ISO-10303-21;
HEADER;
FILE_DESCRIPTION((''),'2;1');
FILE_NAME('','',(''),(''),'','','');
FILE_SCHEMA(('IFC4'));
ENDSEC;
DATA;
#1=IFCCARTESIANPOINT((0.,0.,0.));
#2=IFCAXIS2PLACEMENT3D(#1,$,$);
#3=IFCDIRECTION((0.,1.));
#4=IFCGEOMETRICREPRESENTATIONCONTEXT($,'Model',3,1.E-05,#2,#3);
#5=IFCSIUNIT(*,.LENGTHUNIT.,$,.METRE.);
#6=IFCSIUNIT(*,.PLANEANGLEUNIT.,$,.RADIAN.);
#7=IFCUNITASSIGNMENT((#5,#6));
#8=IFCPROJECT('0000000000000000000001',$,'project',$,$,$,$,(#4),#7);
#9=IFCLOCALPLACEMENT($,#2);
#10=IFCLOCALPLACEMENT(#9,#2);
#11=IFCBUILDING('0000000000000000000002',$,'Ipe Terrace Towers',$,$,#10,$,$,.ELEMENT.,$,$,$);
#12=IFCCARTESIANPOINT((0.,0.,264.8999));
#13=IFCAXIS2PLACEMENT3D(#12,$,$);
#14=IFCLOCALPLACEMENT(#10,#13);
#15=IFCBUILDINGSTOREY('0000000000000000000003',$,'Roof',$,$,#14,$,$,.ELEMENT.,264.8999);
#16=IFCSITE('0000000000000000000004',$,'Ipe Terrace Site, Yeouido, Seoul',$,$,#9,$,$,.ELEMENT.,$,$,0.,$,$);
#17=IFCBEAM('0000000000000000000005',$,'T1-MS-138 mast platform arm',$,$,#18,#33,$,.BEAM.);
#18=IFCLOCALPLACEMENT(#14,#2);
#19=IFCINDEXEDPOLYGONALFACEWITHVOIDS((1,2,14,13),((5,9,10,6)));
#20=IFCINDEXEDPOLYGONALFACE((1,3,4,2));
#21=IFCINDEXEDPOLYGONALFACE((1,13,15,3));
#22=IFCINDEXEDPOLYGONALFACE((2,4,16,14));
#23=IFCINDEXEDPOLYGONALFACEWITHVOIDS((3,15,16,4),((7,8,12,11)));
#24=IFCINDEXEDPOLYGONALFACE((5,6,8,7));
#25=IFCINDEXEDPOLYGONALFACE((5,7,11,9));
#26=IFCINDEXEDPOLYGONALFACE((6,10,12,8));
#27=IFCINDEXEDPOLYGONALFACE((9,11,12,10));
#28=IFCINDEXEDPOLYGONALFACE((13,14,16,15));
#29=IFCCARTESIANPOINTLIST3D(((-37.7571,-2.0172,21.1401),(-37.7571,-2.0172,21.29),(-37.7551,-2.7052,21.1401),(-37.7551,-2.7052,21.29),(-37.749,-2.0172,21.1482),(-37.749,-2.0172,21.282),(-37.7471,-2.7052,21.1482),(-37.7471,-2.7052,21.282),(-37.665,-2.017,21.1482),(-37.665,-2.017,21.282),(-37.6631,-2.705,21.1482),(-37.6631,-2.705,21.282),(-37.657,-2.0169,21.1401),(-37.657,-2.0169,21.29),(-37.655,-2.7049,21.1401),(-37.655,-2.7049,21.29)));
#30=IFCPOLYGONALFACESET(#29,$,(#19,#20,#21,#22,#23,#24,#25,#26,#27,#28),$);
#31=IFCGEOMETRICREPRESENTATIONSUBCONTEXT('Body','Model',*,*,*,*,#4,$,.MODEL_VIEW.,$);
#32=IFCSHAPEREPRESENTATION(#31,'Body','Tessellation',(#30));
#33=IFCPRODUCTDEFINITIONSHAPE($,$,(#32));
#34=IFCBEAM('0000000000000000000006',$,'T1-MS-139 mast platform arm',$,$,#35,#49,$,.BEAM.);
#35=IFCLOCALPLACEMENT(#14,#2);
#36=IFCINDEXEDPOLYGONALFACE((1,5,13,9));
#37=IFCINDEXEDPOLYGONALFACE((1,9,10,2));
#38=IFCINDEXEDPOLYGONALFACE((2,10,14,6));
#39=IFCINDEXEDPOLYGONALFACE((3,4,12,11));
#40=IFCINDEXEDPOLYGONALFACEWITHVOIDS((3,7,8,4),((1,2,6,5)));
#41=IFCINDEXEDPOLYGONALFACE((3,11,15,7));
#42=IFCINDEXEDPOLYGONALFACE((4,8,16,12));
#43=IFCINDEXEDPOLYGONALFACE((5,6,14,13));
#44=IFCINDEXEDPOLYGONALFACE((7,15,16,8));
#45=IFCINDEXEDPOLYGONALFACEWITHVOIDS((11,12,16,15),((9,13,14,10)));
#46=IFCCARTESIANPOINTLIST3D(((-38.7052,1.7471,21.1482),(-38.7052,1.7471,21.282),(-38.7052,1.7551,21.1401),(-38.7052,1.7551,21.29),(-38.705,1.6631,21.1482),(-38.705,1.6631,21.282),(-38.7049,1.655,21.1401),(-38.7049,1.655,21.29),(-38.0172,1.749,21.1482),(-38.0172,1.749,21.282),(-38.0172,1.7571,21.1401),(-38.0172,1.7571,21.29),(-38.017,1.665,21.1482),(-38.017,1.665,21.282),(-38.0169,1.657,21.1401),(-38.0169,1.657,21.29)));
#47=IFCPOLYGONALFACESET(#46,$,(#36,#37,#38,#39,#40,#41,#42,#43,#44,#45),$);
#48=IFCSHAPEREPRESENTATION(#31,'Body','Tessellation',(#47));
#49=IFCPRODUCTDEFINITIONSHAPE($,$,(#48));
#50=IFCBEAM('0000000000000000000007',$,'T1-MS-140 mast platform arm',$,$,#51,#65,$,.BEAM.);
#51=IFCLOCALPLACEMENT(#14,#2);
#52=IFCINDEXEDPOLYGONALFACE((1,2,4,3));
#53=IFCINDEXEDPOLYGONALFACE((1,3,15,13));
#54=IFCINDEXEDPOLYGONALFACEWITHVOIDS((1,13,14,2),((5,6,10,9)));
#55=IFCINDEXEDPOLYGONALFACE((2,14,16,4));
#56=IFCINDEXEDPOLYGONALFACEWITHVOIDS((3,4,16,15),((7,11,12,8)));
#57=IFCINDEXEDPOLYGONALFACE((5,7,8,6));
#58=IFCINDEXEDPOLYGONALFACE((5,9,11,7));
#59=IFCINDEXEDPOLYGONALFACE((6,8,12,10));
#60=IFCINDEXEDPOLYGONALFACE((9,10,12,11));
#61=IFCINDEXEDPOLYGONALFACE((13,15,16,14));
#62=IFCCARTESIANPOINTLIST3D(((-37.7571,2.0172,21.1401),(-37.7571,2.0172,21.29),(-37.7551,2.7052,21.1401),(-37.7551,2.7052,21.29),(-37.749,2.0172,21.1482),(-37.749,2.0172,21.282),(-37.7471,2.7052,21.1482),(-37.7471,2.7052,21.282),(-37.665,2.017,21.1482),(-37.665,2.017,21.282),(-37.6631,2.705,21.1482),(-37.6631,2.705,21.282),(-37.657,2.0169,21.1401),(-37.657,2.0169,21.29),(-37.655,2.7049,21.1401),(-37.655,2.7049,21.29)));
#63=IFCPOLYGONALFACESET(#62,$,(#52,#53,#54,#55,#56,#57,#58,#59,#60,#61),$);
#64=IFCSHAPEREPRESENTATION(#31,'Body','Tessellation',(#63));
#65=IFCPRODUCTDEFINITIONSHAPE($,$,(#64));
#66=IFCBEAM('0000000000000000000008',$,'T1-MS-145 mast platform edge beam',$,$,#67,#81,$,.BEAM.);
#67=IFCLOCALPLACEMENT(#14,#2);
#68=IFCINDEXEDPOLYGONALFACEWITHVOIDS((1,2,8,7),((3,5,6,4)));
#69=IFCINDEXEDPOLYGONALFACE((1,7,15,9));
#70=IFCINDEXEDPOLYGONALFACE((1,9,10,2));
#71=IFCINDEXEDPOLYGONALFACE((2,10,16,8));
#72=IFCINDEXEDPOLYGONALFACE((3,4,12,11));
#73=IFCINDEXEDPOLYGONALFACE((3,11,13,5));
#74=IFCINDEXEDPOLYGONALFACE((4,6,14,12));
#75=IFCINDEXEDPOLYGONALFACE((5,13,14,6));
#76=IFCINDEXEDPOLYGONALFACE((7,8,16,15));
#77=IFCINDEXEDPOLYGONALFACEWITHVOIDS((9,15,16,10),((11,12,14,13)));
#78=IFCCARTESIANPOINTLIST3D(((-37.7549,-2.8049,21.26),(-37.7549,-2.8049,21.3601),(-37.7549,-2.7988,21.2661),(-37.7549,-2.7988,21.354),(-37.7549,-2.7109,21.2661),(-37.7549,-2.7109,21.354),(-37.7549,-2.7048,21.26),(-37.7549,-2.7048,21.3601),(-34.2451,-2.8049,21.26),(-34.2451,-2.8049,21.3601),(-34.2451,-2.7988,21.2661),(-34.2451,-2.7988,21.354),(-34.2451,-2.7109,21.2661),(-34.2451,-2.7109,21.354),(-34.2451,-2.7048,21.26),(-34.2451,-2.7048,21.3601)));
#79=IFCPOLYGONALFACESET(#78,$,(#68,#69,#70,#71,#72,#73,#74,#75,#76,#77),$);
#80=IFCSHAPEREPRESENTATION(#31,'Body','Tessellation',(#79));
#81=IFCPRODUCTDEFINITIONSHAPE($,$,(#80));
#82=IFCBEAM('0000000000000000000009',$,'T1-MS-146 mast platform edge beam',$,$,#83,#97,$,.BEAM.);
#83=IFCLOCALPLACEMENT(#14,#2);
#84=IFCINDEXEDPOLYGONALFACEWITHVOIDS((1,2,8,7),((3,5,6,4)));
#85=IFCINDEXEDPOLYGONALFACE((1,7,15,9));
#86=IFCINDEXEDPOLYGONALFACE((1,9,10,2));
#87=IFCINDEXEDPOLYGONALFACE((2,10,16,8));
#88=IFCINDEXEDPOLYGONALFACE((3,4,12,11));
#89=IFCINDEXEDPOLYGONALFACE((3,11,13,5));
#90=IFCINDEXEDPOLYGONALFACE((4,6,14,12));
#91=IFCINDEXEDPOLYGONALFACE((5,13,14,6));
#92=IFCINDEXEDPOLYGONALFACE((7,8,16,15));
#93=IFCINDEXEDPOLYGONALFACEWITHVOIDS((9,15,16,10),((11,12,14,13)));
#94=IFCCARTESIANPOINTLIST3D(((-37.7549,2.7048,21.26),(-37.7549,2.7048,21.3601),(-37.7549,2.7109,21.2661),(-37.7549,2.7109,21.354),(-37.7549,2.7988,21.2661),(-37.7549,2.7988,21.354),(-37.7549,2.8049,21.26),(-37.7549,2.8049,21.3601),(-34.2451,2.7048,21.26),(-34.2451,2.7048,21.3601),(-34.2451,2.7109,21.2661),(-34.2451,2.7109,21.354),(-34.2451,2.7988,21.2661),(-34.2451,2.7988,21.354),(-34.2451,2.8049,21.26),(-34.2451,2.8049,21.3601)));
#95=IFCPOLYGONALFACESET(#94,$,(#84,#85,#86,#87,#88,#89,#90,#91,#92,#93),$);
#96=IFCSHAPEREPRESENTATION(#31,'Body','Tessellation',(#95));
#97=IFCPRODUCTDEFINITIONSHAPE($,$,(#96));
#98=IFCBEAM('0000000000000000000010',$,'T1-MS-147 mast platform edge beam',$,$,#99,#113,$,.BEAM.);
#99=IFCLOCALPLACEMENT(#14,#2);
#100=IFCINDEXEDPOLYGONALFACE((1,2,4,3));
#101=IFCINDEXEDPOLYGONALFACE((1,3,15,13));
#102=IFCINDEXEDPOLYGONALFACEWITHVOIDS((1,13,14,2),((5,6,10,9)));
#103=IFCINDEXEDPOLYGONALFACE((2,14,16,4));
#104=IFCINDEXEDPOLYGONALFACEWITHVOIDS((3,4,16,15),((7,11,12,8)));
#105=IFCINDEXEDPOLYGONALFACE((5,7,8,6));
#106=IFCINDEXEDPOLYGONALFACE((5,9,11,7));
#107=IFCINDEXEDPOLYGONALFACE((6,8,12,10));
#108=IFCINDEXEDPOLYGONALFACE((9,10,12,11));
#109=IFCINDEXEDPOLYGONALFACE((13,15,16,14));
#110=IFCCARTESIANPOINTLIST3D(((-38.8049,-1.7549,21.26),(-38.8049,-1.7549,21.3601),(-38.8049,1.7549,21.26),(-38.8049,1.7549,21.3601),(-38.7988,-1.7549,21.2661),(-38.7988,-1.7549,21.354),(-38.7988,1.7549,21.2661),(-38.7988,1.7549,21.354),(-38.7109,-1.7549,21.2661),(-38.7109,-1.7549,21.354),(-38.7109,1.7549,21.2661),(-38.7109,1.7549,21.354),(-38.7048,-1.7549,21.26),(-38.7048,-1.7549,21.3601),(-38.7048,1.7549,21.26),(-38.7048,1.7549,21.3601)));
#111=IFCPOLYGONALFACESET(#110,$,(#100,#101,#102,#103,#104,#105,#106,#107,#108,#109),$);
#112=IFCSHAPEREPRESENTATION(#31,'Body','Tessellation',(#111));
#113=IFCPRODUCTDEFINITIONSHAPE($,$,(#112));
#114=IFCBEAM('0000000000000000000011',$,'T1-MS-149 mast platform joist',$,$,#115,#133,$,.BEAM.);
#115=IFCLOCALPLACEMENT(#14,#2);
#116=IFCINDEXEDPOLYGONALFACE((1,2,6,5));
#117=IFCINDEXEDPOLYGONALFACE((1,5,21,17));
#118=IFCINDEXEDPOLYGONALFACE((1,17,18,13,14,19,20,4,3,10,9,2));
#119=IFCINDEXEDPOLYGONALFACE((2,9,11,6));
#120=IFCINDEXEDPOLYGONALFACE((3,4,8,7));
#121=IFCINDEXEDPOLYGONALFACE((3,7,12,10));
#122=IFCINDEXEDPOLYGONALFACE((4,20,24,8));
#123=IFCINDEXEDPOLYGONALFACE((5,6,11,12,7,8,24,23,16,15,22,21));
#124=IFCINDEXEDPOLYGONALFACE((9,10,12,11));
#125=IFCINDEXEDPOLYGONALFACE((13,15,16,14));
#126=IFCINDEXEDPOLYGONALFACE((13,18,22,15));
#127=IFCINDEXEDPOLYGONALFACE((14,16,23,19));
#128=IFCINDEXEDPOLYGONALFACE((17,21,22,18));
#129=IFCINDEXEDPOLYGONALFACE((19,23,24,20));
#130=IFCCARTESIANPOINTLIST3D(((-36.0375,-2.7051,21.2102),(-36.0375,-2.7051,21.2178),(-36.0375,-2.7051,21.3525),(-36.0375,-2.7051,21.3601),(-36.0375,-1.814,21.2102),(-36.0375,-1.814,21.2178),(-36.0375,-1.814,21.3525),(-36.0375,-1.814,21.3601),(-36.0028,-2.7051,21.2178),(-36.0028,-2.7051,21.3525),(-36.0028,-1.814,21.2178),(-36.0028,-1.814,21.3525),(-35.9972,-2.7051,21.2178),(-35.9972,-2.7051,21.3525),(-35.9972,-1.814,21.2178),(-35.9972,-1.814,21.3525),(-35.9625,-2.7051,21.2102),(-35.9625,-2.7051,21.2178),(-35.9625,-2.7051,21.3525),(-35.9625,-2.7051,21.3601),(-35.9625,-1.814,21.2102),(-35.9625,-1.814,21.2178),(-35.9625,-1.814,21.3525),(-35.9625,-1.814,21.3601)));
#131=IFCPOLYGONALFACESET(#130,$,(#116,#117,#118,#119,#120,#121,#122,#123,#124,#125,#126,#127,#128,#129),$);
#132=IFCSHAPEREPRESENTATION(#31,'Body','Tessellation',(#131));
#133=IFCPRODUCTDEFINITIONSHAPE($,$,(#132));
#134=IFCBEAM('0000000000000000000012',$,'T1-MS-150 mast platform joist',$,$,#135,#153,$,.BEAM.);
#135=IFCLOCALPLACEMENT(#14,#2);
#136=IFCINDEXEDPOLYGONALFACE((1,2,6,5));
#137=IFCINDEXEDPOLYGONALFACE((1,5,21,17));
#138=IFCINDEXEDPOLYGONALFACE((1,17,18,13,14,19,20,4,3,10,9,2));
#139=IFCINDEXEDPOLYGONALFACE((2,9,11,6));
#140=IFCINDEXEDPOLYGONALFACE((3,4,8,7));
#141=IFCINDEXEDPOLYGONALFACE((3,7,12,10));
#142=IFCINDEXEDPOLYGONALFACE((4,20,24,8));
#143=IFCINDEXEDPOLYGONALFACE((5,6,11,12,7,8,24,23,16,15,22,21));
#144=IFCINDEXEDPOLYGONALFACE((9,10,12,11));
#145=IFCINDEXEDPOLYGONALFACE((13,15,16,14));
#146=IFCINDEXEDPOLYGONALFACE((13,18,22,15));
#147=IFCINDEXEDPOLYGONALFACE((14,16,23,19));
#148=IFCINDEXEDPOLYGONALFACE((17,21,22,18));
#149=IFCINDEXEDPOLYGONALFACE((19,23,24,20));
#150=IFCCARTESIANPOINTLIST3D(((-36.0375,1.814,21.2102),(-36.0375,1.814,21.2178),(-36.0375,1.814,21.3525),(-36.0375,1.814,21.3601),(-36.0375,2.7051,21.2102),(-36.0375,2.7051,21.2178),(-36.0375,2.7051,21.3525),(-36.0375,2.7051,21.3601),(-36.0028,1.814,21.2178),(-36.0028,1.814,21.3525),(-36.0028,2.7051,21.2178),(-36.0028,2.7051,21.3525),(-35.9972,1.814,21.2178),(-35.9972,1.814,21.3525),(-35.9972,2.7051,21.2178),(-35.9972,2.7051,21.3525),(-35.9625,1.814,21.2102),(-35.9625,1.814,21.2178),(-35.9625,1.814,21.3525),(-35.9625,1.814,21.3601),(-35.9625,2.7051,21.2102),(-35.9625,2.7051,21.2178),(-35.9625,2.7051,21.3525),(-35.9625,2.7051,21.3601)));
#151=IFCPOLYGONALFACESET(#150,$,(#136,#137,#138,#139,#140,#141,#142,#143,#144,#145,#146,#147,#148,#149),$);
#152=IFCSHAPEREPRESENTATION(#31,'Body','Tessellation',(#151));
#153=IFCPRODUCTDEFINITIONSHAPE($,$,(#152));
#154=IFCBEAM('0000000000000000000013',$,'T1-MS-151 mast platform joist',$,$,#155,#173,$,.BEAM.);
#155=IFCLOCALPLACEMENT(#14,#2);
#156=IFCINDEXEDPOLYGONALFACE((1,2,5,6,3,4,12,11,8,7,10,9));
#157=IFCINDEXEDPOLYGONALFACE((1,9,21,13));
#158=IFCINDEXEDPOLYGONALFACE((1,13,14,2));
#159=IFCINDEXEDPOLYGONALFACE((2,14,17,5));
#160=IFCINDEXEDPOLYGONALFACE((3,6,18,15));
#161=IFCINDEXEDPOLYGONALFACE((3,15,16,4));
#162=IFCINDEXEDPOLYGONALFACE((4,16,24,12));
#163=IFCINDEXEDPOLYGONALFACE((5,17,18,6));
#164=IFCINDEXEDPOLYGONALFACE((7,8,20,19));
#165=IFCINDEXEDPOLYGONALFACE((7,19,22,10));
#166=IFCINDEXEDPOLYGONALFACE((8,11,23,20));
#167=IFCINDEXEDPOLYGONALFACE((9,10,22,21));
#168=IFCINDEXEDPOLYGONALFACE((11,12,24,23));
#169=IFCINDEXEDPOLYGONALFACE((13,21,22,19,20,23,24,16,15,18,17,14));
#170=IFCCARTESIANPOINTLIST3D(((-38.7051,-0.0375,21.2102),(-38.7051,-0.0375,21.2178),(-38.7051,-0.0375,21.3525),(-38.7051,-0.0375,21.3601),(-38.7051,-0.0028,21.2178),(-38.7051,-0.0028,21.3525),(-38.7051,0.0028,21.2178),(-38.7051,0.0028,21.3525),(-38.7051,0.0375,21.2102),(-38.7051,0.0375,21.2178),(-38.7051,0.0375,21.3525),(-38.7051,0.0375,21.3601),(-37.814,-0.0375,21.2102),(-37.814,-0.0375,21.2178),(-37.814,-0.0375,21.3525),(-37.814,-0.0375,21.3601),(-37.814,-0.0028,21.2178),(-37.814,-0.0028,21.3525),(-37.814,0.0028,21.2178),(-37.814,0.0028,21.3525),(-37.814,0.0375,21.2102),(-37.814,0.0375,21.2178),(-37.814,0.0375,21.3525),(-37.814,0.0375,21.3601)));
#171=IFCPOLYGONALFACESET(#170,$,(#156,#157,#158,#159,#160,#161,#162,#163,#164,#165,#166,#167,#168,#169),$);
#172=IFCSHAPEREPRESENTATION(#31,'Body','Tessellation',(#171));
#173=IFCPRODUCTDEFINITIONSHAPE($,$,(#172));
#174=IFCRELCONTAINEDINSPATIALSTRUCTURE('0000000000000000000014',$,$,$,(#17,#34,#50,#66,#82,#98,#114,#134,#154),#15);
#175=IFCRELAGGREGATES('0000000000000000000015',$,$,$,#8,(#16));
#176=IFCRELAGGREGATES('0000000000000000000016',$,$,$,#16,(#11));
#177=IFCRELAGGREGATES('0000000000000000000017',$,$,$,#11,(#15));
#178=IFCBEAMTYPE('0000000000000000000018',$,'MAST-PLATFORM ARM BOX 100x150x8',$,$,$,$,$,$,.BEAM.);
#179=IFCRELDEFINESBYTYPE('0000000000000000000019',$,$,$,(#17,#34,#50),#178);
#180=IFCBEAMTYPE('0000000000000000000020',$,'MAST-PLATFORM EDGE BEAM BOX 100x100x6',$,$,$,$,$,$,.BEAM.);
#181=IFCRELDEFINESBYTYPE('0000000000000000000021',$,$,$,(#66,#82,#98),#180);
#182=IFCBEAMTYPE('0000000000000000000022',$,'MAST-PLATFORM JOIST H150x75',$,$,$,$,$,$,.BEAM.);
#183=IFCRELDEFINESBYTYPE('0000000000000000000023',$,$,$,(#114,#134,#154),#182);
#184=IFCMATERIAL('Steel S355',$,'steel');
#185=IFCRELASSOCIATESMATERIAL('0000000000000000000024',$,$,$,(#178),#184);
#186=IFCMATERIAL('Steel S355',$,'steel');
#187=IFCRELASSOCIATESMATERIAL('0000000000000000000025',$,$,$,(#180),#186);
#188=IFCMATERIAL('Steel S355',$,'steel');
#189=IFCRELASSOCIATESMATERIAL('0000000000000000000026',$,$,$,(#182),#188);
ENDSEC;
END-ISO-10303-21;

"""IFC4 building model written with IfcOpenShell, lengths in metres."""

from ifc_helpers import new_model, si_unit, direction, frame, origin, origin_2d, place, context, subcontext, project, spatial, hollow_rectangle, i_section, extrude, material, material_profile, profile_set, type_object, element, save


model = new_model("IFC4")

# Units and contexts
model_context = context("Model", 3, precision=1e-05, world=origin(), true_north=direction((0.0, 1.0)))
body_context = subcontext(model_context, "Body", "Model", "MODEL_VIEW")
ifc_project = project(units=[si_unit("LENGTHUNIT", "METRE"), si_unit("PLANEANGLEUNIT", "RADIAN")], contexts=[model_context])

# Site, building, storey
site_placement = place(None, origin())
site = spatial("IfcSite", under=ifc_project, at=site_placement, Name="Ipe Terrace Site, Yeouido, Seoul", CompositionType="ELEMENT", RefElevation=0.0)
building_placement = place(site_placement, origin())
building = spatial("IfcBuilding", under=site, at=building_placement, Name="Ipe Terrace Towers", CompositionType="ELEMENT")
storey_placement = place(building_placement, frame((0.0, 0.0, 264.8999)))
storey = spatial("IfcBuildingStorey", under=building, at=storey_placement, Name="Roof", CompositionType="ELEMENT", Elevation=264.8999)

# Beams
ifc_material_1 = material(Name="Steel S355", Category="steel")
ifc_material_profile_1 = material_profile(ifc_material_1, hollow_rectangle(XDim=0.1001, YDim=0.1499, WallThickness=0.0081, at=origin_2d()), Name="MAST-PLATFORM ARM BOX 100x150x8")
ifc_profile_set_1 = profile_set([ifc_material_profile_1], Name="Steel S355")
beam_type_1 = type_object("IfcBeamType", Name="MAST-PLATFORM ARM BOX 100x150x8", PredefinedType="BEAM", material=ifc_profile_set_1)
for number, where, z_axis, x_axis, name in (
    (1, (-37.707, -2.0171, 21.2151), (0.002839, -0.999996, 0.0), (0.999996, 0.002839, 0.0), "T1-MS-138 mast platform arm"),
    (2, (-38.0171, 1.707, 21.2151), (-0.999996, -0.002839, 0.0), (0.002839, -0.999996, 0.0), "T1-MS-139 mast platform arm"),
    (3, (-37.707, 2.0171, 21.2151), (0.002839, 0.999996, 0.0), (-0.999996, 0.002839, 0.0), "T1-MS-140 mast platform arm"),
):
    element("IfcBeam", number, at=place(storey_placement, frame(where, z_axis=z_axis, x_axis=x_axis)), inside=storey, type_object=beam_type_1, Name=name, PredefinedType="BEAM", context=body_context, shape_type="SweptSolid", body=[
        extrude(hollow_rectangle(XDim=0.1001, YDim=0.1499, WallThickness=0.0081, at=origin_2d()), origin(), (0.0, 0.0, 1.0), 0.688),
    ])
ifc_material_2 = material(Name="Steel S355", Category="steel")
ifc_material_profile_2 = material_profile(ifc_material_2, hollow_rectangle(XDim=0.1001, YDim=0.1001, WallThickness=0.0061, at=origin_2d()), Name="MAST-PLATFORM EDGE BEAM BOX 100x100x6")
ifc_profile_set_2 = profile_set([ifc_material_profile_2], Name="Steel S355")
beam_type_2 = type_object("IfcBeamType", Name="MAST-PLATFORM EDGE BEAM BOX 100x100x6", PredefinedType="BEAM", material=ifc_profile_set_2)
for number, where, z_axis, x_axis, name in (
    (4, (-37.7549, -2.7549, 21.3101), (1.0, 0.0, 0.0), (0.0, 1.0, 0.0), "T1-MS-145 mast platform edge beam"),
    (5, (-37.7549, 2.7549, 21.3101), (1.0, 0.0, 0.0), (0.0, 1.0, 0.0), "T1-MS-146 mast platform edge beam"),
    (6, (-38.7549, -1.7549, 21.3101), (0.0, 1.0, 0.0), (-1.0, 0.0, 0.0), "T1-MS-147 mast platform edge beam"),
):
    element("IfcBeam", number, at=place(storey_placement, frame(where, z_axis=z_axis, x_axis=x_axis)), inside=storey, type_object=beam_type_2, Name=name, PredefinedType="BEAM", context=body_context, shape_type="SweptSolid", body=[
        extrude(hollow_rectangle(XDim=0.1001, YDim=0.1001, WallThickness=0.0061, at=origin_2d()), origin(), (0.0, 0.0, 1.0), 3.5098),
    ])
ifc_material_3 = material(Name="Steel S355", Category="steel")
ifc_material_profile_3 = material_profile(ifc_material_3, i_section(OverallWidth=0.075, OverallDepth=0.1499, WebThickness=0.0056, FlangeThickness=0.0076, at=origin_2d()), Name="H150x75")
ifc_profile_set_3 = profile_set([ifc_material_profile_3], Name="Steel S355")
beam_type_3 = type_object("IfcBeamType", Name="MAST-PLATFORM JOIST H150x75", PredefinedType="BEAM", material=ifc_profile_set_3)
for number, where, z_axis, x_axis, name in (
    (7, (-36.0, -1.814, 21.2852), (0.0, -1.0, 0.0), (1.0, 0.0, 0.0), "T1-MS-149 mast platform joist"),
    (8, (-36.0, 1.814, 21.2852), (0.0, 1.0, 0.0), (-1.0, 0.0, 0.0), "T1-MS-150 mast platform joist"),
    (9, (-37.814, 0.0, 21.2852), (-1.0, 0.0, 0.0), (0.0, -1.0, 0.0), "T1-MS-151 mast platform joist"),
):
    element("IfcBeam", number, at=place(storey_placement, frame(where, z_axis=z_axis, x_axis=x_axis)), inside=storey, type_object=beam_type_3, Name=name, PredefinedType="BEAM", context=body_context, shape_type="SweptSolid", body=[
        extrude(i_section(OverallWidth=0.075, OverallDepth=0.1499, WebThickness=0.0056, FlangeThickness=0.0076, at=origin_2d()), origin(), (0.0, 0.0, 1.0), 0.8911),
    ])

save(model, "model.ifc")
